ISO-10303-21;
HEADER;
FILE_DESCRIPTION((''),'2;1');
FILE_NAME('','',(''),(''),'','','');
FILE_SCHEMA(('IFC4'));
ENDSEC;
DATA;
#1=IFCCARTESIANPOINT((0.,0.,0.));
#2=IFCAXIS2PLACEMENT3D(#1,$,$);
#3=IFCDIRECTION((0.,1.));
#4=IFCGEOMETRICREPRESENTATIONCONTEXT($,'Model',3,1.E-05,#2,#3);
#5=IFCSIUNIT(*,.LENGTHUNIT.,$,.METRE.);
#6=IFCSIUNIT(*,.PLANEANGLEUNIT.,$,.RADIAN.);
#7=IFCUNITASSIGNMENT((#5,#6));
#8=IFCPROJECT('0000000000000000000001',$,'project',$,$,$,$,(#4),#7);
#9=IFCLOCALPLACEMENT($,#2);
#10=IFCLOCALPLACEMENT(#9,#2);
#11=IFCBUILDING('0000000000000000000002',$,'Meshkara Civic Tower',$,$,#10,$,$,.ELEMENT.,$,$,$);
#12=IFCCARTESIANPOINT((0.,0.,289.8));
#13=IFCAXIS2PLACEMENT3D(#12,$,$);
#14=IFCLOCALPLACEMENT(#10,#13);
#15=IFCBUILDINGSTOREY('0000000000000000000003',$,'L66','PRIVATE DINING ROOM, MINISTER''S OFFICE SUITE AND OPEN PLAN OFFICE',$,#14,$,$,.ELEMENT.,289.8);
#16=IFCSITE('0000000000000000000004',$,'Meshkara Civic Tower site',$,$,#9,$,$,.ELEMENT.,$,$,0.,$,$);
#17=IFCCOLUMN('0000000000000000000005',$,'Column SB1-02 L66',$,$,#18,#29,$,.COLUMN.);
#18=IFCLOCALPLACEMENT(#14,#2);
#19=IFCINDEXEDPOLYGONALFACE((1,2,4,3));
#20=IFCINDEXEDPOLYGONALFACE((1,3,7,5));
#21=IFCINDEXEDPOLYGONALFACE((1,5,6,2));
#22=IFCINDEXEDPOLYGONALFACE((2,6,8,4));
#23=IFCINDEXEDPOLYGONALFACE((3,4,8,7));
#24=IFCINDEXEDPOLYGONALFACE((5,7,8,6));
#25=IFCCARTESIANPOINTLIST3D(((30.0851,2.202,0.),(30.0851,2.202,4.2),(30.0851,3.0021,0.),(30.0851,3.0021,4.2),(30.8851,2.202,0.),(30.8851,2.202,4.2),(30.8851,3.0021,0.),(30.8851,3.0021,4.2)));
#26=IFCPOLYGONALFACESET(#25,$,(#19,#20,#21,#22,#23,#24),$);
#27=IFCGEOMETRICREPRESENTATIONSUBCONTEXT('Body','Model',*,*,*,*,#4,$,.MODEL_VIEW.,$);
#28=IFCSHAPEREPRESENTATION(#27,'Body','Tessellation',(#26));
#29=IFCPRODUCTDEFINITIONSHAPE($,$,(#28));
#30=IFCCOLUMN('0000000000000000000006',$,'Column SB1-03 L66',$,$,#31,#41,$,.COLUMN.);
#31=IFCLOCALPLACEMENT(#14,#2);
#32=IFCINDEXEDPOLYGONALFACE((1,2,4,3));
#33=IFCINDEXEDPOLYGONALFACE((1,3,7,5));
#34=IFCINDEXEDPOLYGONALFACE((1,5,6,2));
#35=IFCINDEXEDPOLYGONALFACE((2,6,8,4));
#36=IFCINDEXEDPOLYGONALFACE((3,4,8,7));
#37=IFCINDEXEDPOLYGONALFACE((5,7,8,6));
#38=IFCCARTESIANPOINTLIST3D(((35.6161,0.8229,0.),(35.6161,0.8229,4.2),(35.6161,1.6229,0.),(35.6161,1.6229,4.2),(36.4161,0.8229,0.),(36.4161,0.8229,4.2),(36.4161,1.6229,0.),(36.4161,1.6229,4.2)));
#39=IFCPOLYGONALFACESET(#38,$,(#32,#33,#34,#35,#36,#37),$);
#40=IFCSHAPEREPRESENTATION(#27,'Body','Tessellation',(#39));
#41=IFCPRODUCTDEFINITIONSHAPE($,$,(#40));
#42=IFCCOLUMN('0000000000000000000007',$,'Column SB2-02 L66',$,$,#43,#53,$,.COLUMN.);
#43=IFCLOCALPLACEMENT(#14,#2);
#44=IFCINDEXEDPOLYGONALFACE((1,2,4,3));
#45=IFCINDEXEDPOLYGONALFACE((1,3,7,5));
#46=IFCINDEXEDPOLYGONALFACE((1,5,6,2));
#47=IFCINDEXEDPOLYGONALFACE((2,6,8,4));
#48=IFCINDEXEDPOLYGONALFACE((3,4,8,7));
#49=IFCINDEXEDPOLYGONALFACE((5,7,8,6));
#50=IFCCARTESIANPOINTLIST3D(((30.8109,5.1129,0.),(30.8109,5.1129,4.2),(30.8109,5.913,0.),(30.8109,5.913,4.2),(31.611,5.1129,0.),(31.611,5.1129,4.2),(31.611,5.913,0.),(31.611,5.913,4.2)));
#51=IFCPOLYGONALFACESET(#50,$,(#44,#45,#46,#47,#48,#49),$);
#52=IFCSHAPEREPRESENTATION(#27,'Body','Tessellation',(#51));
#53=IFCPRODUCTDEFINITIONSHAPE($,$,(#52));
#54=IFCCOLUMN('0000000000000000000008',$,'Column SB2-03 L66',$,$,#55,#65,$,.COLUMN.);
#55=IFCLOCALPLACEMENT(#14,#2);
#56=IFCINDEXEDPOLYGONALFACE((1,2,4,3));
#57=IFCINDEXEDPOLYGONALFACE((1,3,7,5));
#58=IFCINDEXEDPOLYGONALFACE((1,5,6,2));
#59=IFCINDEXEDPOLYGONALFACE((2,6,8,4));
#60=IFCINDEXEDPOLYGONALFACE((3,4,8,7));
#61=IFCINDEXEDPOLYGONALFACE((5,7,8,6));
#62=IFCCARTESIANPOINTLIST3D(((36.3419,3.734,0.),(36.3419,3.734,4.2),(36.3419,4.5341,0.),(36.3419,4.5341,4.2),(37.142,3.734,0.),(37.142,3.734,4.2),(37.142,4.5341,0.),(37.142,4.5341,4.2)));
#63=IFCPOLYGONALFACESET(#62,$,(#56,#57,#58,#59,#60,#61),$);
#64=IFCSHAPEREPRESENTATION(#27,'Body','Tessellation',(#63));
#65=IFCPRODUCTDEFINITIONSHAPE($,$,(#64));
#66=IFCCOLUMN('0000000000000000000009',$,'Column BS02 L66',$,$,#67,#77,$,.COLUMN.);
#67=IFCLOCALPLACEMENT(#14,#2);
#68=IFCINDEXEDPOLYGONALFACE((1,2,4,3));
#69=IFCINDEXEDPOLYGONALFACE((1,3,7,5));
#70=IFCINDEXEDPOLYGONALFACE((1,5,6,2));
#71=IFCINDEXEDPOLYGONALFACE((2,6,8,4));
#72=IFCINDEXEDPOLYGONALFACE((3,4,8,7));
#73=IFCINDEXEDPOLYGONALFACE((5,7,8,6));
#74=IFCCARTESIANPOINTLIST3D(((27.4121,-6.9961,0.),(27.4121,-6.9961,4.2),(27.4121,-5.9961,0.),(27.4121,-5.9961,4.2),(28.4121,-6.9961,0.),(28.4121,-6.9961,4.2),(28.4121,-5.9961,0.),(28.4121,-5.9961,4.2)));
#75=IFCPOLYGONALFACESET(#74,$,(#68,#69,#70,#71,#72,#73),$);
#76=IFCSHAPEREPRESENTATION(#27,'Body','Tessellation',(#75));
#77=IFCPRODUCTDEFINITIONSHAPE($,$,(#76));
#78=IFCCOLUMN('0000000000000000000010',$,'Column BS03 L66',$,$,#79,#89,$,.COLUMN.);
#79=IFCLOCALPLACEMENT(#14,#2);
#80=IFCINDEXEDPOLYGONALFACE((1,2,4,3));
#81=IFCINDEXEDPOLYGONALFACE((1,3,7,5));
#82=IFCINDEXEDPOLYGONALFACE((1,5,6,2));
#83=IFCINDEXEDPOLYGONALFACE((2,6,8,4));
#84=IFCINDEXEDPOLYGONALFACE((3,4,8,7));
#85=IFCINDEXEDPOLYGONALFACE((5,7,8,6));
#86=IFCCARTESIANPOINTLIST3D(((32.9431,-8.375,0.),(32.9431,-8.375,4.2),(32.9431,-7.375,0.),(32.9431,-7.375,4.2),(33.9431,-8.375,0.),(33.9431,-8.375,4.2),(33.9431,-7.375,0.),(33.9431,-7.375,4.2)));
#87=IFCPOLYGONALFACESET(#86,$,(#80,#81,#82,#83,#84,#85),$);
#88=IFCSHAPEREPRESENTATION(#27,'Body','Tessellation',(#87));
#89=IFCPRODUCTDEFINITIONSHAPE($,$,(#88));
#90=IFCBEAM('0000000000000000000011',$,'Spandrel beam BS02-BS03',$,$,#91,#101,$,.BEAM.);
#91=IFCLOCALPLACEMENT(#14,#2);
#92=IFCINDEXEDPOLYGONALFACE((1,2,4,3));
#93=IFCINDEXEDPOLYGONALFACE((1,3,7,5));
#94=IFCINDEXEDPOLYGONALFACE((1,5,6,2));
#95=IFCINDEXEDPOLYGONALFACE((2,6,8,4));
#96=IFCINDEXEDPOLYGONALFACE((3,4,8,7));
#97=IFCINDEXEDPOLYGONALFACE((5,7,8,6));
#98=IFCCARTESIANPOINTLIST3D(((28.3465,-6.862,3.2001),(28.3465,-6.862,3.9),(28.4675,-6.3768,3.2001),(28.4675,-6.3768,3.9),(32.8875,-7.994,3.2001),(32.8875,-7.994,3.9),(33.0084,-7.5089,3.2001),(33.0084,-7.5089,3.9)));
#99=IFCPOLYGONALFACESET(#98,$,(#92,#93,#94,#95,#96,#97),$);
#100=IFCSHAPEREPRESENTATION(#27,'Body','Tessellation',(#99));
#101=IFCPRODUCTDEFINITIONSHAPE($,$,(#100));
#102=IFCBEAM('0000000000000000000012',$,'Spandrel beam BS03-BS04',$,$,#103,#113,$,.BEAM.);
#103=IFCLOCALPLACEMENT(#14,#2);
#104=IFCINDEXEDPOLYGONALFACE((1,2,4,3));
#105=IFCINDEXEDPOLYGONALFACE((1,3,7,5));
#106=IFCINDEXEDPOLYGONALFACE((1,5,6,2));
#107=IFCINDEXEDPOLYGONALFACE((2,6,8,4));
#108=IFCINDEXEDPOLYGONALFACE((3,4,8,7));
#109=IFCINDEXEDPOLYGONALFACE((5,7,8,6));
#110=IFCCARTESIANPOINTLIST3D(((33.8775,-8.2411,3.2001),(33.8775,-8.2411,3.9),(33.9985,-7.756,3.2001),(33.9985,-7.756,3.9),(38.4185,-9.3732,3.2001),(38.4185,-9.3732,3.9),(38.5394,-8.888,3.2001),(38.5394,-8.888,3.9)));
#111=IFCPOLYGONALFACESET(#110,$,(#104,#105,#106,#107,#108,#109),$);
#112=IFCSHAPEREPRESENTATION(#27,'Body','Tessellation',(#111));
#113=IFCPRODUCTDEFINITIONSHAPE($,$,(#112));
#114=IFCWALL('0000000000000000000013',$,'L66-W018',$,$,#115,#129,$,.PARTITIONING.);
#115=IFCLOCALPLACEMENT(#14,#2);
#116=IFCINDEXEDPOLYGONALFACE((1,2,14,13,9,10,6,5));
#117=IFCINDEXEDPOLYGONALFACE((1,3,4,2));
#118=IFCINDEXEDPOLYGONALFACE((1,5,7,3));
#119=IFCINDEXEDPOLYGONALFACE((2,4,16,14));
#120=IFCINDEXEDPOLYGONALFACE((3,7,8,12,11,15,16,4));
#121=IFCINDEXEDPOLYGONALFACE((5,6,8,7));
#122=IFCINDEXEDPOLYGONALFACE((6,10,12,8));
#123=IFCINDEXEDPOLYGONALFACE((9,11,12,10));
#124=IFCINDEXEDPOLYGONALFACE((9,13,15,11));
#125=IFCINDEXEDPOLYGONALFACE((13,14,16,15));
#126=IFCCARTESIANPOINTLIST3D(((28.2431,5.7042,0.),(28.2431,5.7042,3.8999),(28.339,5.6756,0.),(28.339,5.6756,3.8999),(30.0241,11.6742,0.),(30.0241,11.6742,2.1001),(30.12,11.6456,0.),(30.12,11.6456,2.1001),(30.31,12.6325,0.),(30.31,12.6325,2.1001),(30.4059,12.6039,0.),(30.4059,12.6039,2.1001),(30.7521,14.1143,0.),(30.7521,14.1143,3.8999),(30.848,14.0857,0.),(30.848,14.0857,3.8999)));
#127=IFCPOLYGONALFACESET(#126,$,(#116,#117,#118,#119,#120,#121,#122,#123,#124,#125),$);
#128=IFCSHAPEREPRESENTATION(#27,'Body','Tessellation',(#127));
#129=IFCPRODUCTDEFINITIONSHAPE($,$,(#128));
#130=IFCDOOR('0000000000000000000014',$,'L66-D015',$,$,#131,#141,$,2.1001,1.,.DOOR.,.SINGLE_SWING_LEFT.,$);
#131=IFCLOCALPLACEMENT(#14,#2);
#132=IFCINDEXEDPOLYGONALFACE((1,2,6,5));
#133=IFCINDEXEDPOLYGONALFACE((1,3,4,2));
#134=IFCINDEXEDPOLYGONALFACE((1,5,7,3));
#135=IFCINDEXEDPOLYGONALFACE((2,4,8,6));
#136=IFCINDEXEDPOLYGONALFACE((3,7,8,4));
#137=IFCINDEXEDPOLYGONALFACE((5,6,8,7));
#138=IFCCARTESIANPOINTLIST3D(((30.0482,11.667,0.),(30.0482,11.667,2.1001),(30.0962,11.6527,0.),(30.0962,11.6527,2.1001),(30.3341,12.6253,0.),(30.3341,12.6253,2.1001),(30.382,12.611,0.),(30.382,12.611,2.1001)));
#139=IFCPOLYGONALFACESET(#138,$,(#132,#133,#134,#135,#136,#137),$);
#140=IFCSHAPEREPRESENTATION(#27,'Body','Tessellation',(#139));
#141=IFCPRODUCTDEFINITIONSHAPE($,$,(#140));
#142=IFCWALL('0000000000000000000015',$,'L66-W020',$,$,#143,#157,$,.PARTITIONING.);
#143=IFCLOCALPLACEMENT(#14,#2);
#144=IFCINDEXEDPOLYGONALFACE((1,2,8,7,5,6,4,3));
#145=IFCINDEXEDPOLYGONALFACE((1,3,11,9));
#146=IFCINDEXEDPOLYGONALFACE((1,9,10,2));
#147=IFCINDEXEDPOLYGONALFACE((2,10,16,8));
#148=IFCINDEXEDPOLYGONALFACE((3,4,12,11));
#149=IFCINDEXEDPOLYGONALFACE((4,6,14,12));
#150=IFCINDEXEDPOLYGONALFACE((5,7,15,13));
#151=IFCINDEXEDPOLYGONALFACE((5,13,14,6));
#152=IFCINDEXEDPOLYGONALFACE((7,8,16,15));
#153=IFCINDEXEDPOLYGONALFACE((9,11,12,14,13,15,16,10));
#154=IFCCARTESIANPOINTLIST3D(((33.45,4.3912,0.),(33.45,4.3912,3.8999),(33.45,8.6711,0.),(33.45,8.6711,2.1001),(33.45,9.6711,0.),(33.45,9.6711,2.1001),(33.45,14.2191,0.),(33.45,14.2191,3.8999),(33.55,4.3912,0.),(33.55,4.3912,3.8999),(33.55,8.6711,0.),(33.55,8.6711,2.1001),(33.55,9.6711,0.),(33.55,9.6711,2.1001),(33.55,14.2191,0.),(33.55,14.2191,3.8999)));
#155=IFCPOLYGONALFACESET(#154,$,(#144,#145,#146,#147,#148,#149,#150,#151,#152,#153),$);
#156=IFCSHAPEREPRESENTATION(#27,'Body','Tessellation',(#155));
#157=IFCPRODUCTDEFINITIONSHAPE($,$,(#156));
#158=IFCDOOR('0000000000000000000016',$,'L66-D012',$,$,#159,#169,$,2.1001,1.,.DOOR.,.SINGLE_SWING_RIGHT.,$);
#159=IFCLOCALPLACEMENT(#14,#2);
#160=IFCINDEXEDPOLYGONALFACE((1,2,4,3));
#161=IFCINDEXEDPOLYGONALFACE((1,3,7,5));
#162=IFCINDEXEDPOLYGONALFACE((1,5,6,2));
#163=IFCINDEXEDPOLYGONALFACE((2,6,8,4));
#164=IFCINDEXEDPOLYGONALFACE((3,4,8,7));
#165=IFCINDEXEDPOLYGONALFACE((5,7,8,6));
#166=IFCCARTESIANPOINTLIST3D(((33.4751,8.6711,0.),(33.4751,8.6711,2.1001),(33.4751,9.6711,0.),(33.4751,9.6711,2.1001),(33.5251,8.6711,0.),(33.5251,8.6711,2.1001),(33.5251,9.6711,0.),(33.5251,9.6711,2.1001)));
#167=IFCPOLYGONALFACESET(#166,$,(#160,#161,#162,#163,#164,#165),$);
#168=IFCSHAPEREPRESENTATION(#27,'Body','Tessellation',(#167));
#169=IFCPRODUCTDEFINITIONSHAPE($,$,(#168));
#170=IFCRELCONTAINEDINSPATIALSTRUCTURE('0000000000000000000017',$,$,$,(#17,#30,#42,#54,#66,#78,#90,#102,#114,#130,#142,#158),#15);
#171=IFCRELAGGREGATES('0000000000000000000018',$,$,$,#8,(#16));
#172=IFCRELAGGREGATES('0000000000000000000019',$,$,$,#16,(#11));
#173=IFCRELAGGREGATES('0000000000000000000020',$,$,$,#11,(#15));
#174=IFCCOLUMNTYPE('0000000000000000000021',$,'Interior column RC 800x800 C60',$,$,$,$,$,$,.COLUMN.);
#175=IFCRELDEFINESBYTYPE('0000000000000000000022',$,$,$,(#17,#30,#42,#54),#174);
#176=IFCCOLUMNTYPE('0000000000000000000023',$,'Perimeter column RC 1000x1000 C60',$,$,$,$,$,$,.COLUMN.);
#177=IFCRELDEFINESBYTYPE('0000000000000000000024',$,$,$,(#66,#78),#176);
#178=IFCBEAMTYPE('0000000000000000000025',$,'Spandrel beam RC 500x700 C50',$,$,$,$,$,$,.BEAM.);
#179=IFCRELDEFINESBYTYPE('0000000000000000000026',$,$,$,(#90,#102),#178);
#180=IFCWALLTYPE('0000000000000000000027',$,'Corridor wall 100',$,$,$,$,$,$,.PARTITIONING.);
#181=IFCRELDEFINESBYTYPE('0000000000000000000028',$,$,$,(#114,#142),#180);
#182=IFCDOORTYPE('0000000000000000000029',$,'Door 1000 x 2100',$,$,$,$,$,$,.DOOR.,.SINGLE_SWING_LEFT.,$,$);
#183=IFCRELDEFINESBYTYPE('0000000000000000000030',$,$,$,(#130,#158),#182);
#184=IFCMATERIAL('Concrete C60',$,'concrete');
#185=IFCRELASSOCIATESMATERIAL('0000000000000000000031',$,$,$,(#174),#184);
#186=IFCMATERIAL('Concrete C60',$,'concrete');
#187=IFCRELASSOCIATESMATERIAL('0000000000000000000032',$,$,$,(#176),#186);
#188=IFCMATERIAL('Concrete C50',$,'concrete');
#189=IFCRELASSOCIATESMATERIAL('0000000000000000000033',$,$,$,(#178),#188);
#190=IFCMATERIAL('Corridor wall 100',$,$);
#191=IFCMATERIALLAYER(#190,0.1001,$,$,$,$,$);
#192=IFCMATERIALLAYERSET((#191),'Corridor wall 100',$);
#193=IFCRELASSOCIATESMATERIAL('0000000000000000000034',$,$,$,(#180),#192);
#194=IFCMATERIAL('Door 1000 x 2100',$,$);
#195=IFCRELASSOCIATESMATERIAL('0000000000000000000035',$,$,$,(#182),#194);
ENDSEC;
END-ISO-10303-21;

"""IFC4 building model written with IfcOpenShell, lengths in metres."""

from ifc_helpers import new_model, si_unit, direction, frame, frame_2d, origin, origin_2d, place, context, subcontext, project, spatial, rectangle, extrude, material, layer, layer_set, material_profile, profile_set, type_object, element, fill, save


model = new_model("IFC4")

# Units and contexts
model_context = context("Model", 3, precision=1e-05, world=origin(), true_north=direction((0.0, 1.0)))
body_context = subcontext(model_context, "Body", "Model", "MODEL_VIEW")
ifc_project = project(units=[si_unit("LENGTHUNIT", "METRE"), si_unit("PLANEANGLEUNIT", "RADIAN")], contexts=[model_context])

# Site, building, storey
site_placement = place(None, origin())
site = spatial("IfcSite", under=ifc_project, at=site_placement, Name="Meshkara Civic Tower site", CompositionType="ELEMENT", RefElevation=0.0)
building_placement = place(site_placement, origin())
building = spatial("IfcBuilding", under=site, at=building_placement, Name="Meshkara Civic Tower", CompositionType="ELEMENT")
storey_placement = place(building_placement, frame((0.0, 0.0, 289.8)))
storey = spatial("IfcBuildingStorey", under=building, at=storey_placement, Name="L66", Description="PRIVATE DINING ROOM, MINISTER'S OFFICE SUITE AND OPEN PLAN OFFICE", CompositionType="ELEMENT", Elevation=289.8)

# Columns
ifc_material_1 = material(Name="Concrete C60", Category="concrete")
ifc_material_profile_1 = material_profile(ifc_material_1, rectangle(XDim=0.8, YDim=0.8, at=origin_2d()))
ifc_profile_set_1 = profile_set([ifc_material_profile_1], Name="Concrete C60")
column_type_1 = type_object("IfcColumnType", Name="Interior column RC 800x800 C60", PredefinedType="COLUMN", material=ifc_profile_set_1)
for number, where, z_axis, x_axis, name in (
    (1, (30.4851, 2.6021, 0.0), (0.0, 0.0, 1.0), (1.0, 0.0, 0.0), "Column SB1-02 L66"),
    (2, (36.0161, 1.2229, 0.0), (0.0, 0.0, 1.0), (1.0, 0.0, 0.0), "Column SB1-03 L66"),
    (3, (31.2109, 5.5129, 0.0), (0.0, 0.0, 1.0), (1.0, 0.0, 0.0), "Column SB2-02 L66"),
    (4, (36.7419, 4.134, 0.0), (0.0, 0.0, 1.0), (1.0, 0.0, 0.0), "Column SB2-03 L66"),
):
    element("IfcColumn", number, at=place(storey_placement, frame(where, z_axis=z_axis, x_axis=x_axis)), inside=storey, type_object=column_type_1, Name=name, PredefinedType="COLUMN", context=body_context, shape_type="SweptSolid", body=[
        extrude(rectangle(XDim=0.8, YDim=0.8, at=origin_2d()), origin(), (0.0, 0.0, 1.0), 4.2),
    ])
ifc_material_2 = material(Name="Concrete C60", Category="concrete")
ifc_material_profile_2 = material_profile(ifc_material_2, rectangle(XDim=1.0, YDim=1.0, at=origin_2d()))
ifc_profile_set_2 = profile_set([ifc_material_profile_2], Name="Concrete C60")
column_type_2 = type_object("IfcColumnType", Name="Perimeter column RC 1000x1000 C60", PredefinedType="COLUMN", material=ifc_profile_set_2)
for number, where, z_axis, x_axis, name in (
    (5, (27.9121, -6.4961, 0.0), (0.0, 0.0, 1.0), (1.0, 0.0, 0.0), "Column BS02 L66"),
    (6, (33.4431, -7.875, 0.0), (0.0, 0.0, 1.0), (1.0, 0.0, 0.0), "Column BS03 L66"),
):
    element("IfcColumn", number, at=place(storey_placement, frame(where, z_axis=z_axis, x_axis=x_axis)), inside=storey, type_object=column_type_2, Name=name, PredefinedType="COLUMN", context=body_context, shape_type="SweptSolid", body=[
        extrude(rectangle(XDim=1.0, YDim=1.0, at=origin_2d()), origin(), (0.0, 0.0, 1.0), 4.2),
    ])

# Beams
ifc_material_3 = material(Name="Concrete C50", Category="concrete")
ifc_material_profile_3 = material_profile(ifc_material_3, rectangle(XDim=0.5, YDim=0.7, at=origin_2d()))
ifc_profile_set_3 = profile_set([ifc_material_profile_3], Name="Concrete C50")
beam_type = type_object("IfcBeamType", Name="Spandrel beam RC 500x700 C50", PredefinedType="BEAM", material=ifc_profile_set_3)
for number, where, z_axis, x_axis, name in (
    (7, (28.407, -6.6194, 3.55), (0.970302, -0.241897, 0.0), (0.241897, 0.970302, 0.0), "Spandrel beam BS02-BS03"),
    (8, (33.938, -7.9985, 3.55), (0.970302, -0.241897, 0.0), (0.241897, 0.970302, 0.0), "Spandrel beam BS03-BS04"),
):
    element("IfcBeam", number, at=place(storey_placement, frame(where, z_axis=z_axis, x_axis=x_axis)), inside=storey, type_object=beam_type, Name=name, PredefinedType="BEAM", context=body_context, shape_type="SweptSolid", body=[
        extrude(rectangle(XDim=0.5, YDim=0.7, at=origin_2d()), origin(), (0.0, 0.0, 1.0), 4.6799),
    ])

# Walls, openings, doors
ifc_material_4 = material(Name="Corridor wall 100")
ifc_layer_1 = layer(ifc_material_4, 0.1001)
ifc_layer_set_1 = layer_set([ifc_layer_1], Name="Corridor wall 100")
wall_type_1 = type_object("IfcWallType", Name="Corridor wall 100", PredefinedType="PARTITIONING", material=ifc_layer_set_1)
wall_1_placement = place(storey_placement, frame((28.291, 5.6899, 0.0), z_axis=(0.0, 0.0, 1.0), x_axis=(0.285883, 0.958265, 0.0)))
wall_1 = element("IfcWall", 9, at=wall_1_placement, inside=storey, type_object=wall_type_1, Name="L66-W018", PredefinedType="PARTITIONING", context=body_context, shape_type="SweptSolid", body=[
    extrude(rectangle(XDim=8.7764, YDim=0.1001, at=frame_2d((4.3882, 0.0))), origin(), (0.0, 0.0, 1.0), 3.8999),
])
opening_1_placement = place(wall_1_placement, frame((6.23, 0.0, 0.0)))
opening_1 = element("IfcOpeningElement", 10, at=opening_1_placement, cuts=wall_1, PredefinedType="OPENING", context=body_context, shape_type="SweptSolid", body=[
    extrude(rectangle(XDim=1.0, YDim=2.1001, at=frame_2d((0.5, 1.05))), frame((0.0, 0.0601, 0.0), z_axis=(0.0, -1.0, 0.0), x_axis=(1.0, 0.0, 0.0)), (0.0, 0.0, 1.0), 0.1201),
])
ifc_material_5 = material(Name="Door 1000 x 2100")
door_type_1 = type_object("IfcDoorType", Name="Door 1000 x 2100", OperationType="SINGLE_SWING_LEFT", PredefinedType="DOOR", material=ifc_material_5)
door_1_placement = place(opening_1_placement, origin())
door_1 = element("IfcDoor", 11, at=door_1_placement, inside=storey, type_object=door_type_1, Name="L66-D015", OperationType="SINGLE_SWING_LEFT", OverallHeight=2.1001, OverallWidth=1.0, PredefinedType="DOOR", context=body_context, shape_type="SweptSolid", body=[
    extrude(rectangle(XDim=1.0, YDim=2.1001, at=frame_2d((0.5, 1.05))), frame((0.0, 0.0249, 0.0), z_axis=(0.0, -1.0, 0.0), x_axis=(1.0, 0.0, 0.0)), (0.0, 0.0, 1.0), 0.05),
])
fill(opening_1, door_1)
wall_2_placement = place(storey_placement, frame((33.5, 4.3911, 0.0), z_axis=(0.0, 0.0, 1.0), x_axis=(0.0, 1.0, 0.0)))
wall_2 = element("IfcWall", 12, at=wall_2_placement, inside=storey, type_object=wall_type_1, Name="L66-W020", PredefinedType="PARTITIONING", context=body_context, shape_type="SweptSolid", body=[
    extrude(rectangle(XDim=9.8279, YDim=0.1001, at=frame_2d((4.9141, 0.0))), origin(), (0.0, 0.0, 1.0), 3.8999),
])
opening_2_placement = place(wall_2_placement, frame((4.28, 0.0, 0.0)))
opening_2 = element("IfcOpeningElement", 13, at=opening_2_placement, cuts=wall_2, PredefinedType="OPENING", context=body_context, shape_type="SweptSolid", body=[
    extrude(rectangle(XDim=1.0, YDim=2.1001, at=frame_2d((0.5, 1.05))), frame((0.0, 0.0601, 0.0), z_axis=(0.0, -1.0, 0.0), x_axis=(1.0, 0.0, 0.0)), (0.0, 0.0, 1.0), 0.1201),
])
door_2_placement = place(opening_2_placement, origin())
door_2 = element("IfcDoor", 14, at=door_2_placement, inside=storey, type_object=door_type_1, Name="L66-D012", OperationType="SINGLE_SWING_RIGHT", OverallHeight=2.1001, OverallWidth=1.0, PredefinedType="DOOR", context=body_context, shape_type="SweptSolid", body=[
    extrude(rectangle(XDim=1.0, YDim=2.1001, at=frame_2d((0.5, 1.05))), frame((0.0, 0.0249, 0.0), z_axis=(0.0, -1.0, 0.0), x_axis=(1.0, 0.0, 0.0)), (0.0, 0.0, 1.0), 0.05),
])
fill(opening_2, door_2)

save(model, "model.ifc")
